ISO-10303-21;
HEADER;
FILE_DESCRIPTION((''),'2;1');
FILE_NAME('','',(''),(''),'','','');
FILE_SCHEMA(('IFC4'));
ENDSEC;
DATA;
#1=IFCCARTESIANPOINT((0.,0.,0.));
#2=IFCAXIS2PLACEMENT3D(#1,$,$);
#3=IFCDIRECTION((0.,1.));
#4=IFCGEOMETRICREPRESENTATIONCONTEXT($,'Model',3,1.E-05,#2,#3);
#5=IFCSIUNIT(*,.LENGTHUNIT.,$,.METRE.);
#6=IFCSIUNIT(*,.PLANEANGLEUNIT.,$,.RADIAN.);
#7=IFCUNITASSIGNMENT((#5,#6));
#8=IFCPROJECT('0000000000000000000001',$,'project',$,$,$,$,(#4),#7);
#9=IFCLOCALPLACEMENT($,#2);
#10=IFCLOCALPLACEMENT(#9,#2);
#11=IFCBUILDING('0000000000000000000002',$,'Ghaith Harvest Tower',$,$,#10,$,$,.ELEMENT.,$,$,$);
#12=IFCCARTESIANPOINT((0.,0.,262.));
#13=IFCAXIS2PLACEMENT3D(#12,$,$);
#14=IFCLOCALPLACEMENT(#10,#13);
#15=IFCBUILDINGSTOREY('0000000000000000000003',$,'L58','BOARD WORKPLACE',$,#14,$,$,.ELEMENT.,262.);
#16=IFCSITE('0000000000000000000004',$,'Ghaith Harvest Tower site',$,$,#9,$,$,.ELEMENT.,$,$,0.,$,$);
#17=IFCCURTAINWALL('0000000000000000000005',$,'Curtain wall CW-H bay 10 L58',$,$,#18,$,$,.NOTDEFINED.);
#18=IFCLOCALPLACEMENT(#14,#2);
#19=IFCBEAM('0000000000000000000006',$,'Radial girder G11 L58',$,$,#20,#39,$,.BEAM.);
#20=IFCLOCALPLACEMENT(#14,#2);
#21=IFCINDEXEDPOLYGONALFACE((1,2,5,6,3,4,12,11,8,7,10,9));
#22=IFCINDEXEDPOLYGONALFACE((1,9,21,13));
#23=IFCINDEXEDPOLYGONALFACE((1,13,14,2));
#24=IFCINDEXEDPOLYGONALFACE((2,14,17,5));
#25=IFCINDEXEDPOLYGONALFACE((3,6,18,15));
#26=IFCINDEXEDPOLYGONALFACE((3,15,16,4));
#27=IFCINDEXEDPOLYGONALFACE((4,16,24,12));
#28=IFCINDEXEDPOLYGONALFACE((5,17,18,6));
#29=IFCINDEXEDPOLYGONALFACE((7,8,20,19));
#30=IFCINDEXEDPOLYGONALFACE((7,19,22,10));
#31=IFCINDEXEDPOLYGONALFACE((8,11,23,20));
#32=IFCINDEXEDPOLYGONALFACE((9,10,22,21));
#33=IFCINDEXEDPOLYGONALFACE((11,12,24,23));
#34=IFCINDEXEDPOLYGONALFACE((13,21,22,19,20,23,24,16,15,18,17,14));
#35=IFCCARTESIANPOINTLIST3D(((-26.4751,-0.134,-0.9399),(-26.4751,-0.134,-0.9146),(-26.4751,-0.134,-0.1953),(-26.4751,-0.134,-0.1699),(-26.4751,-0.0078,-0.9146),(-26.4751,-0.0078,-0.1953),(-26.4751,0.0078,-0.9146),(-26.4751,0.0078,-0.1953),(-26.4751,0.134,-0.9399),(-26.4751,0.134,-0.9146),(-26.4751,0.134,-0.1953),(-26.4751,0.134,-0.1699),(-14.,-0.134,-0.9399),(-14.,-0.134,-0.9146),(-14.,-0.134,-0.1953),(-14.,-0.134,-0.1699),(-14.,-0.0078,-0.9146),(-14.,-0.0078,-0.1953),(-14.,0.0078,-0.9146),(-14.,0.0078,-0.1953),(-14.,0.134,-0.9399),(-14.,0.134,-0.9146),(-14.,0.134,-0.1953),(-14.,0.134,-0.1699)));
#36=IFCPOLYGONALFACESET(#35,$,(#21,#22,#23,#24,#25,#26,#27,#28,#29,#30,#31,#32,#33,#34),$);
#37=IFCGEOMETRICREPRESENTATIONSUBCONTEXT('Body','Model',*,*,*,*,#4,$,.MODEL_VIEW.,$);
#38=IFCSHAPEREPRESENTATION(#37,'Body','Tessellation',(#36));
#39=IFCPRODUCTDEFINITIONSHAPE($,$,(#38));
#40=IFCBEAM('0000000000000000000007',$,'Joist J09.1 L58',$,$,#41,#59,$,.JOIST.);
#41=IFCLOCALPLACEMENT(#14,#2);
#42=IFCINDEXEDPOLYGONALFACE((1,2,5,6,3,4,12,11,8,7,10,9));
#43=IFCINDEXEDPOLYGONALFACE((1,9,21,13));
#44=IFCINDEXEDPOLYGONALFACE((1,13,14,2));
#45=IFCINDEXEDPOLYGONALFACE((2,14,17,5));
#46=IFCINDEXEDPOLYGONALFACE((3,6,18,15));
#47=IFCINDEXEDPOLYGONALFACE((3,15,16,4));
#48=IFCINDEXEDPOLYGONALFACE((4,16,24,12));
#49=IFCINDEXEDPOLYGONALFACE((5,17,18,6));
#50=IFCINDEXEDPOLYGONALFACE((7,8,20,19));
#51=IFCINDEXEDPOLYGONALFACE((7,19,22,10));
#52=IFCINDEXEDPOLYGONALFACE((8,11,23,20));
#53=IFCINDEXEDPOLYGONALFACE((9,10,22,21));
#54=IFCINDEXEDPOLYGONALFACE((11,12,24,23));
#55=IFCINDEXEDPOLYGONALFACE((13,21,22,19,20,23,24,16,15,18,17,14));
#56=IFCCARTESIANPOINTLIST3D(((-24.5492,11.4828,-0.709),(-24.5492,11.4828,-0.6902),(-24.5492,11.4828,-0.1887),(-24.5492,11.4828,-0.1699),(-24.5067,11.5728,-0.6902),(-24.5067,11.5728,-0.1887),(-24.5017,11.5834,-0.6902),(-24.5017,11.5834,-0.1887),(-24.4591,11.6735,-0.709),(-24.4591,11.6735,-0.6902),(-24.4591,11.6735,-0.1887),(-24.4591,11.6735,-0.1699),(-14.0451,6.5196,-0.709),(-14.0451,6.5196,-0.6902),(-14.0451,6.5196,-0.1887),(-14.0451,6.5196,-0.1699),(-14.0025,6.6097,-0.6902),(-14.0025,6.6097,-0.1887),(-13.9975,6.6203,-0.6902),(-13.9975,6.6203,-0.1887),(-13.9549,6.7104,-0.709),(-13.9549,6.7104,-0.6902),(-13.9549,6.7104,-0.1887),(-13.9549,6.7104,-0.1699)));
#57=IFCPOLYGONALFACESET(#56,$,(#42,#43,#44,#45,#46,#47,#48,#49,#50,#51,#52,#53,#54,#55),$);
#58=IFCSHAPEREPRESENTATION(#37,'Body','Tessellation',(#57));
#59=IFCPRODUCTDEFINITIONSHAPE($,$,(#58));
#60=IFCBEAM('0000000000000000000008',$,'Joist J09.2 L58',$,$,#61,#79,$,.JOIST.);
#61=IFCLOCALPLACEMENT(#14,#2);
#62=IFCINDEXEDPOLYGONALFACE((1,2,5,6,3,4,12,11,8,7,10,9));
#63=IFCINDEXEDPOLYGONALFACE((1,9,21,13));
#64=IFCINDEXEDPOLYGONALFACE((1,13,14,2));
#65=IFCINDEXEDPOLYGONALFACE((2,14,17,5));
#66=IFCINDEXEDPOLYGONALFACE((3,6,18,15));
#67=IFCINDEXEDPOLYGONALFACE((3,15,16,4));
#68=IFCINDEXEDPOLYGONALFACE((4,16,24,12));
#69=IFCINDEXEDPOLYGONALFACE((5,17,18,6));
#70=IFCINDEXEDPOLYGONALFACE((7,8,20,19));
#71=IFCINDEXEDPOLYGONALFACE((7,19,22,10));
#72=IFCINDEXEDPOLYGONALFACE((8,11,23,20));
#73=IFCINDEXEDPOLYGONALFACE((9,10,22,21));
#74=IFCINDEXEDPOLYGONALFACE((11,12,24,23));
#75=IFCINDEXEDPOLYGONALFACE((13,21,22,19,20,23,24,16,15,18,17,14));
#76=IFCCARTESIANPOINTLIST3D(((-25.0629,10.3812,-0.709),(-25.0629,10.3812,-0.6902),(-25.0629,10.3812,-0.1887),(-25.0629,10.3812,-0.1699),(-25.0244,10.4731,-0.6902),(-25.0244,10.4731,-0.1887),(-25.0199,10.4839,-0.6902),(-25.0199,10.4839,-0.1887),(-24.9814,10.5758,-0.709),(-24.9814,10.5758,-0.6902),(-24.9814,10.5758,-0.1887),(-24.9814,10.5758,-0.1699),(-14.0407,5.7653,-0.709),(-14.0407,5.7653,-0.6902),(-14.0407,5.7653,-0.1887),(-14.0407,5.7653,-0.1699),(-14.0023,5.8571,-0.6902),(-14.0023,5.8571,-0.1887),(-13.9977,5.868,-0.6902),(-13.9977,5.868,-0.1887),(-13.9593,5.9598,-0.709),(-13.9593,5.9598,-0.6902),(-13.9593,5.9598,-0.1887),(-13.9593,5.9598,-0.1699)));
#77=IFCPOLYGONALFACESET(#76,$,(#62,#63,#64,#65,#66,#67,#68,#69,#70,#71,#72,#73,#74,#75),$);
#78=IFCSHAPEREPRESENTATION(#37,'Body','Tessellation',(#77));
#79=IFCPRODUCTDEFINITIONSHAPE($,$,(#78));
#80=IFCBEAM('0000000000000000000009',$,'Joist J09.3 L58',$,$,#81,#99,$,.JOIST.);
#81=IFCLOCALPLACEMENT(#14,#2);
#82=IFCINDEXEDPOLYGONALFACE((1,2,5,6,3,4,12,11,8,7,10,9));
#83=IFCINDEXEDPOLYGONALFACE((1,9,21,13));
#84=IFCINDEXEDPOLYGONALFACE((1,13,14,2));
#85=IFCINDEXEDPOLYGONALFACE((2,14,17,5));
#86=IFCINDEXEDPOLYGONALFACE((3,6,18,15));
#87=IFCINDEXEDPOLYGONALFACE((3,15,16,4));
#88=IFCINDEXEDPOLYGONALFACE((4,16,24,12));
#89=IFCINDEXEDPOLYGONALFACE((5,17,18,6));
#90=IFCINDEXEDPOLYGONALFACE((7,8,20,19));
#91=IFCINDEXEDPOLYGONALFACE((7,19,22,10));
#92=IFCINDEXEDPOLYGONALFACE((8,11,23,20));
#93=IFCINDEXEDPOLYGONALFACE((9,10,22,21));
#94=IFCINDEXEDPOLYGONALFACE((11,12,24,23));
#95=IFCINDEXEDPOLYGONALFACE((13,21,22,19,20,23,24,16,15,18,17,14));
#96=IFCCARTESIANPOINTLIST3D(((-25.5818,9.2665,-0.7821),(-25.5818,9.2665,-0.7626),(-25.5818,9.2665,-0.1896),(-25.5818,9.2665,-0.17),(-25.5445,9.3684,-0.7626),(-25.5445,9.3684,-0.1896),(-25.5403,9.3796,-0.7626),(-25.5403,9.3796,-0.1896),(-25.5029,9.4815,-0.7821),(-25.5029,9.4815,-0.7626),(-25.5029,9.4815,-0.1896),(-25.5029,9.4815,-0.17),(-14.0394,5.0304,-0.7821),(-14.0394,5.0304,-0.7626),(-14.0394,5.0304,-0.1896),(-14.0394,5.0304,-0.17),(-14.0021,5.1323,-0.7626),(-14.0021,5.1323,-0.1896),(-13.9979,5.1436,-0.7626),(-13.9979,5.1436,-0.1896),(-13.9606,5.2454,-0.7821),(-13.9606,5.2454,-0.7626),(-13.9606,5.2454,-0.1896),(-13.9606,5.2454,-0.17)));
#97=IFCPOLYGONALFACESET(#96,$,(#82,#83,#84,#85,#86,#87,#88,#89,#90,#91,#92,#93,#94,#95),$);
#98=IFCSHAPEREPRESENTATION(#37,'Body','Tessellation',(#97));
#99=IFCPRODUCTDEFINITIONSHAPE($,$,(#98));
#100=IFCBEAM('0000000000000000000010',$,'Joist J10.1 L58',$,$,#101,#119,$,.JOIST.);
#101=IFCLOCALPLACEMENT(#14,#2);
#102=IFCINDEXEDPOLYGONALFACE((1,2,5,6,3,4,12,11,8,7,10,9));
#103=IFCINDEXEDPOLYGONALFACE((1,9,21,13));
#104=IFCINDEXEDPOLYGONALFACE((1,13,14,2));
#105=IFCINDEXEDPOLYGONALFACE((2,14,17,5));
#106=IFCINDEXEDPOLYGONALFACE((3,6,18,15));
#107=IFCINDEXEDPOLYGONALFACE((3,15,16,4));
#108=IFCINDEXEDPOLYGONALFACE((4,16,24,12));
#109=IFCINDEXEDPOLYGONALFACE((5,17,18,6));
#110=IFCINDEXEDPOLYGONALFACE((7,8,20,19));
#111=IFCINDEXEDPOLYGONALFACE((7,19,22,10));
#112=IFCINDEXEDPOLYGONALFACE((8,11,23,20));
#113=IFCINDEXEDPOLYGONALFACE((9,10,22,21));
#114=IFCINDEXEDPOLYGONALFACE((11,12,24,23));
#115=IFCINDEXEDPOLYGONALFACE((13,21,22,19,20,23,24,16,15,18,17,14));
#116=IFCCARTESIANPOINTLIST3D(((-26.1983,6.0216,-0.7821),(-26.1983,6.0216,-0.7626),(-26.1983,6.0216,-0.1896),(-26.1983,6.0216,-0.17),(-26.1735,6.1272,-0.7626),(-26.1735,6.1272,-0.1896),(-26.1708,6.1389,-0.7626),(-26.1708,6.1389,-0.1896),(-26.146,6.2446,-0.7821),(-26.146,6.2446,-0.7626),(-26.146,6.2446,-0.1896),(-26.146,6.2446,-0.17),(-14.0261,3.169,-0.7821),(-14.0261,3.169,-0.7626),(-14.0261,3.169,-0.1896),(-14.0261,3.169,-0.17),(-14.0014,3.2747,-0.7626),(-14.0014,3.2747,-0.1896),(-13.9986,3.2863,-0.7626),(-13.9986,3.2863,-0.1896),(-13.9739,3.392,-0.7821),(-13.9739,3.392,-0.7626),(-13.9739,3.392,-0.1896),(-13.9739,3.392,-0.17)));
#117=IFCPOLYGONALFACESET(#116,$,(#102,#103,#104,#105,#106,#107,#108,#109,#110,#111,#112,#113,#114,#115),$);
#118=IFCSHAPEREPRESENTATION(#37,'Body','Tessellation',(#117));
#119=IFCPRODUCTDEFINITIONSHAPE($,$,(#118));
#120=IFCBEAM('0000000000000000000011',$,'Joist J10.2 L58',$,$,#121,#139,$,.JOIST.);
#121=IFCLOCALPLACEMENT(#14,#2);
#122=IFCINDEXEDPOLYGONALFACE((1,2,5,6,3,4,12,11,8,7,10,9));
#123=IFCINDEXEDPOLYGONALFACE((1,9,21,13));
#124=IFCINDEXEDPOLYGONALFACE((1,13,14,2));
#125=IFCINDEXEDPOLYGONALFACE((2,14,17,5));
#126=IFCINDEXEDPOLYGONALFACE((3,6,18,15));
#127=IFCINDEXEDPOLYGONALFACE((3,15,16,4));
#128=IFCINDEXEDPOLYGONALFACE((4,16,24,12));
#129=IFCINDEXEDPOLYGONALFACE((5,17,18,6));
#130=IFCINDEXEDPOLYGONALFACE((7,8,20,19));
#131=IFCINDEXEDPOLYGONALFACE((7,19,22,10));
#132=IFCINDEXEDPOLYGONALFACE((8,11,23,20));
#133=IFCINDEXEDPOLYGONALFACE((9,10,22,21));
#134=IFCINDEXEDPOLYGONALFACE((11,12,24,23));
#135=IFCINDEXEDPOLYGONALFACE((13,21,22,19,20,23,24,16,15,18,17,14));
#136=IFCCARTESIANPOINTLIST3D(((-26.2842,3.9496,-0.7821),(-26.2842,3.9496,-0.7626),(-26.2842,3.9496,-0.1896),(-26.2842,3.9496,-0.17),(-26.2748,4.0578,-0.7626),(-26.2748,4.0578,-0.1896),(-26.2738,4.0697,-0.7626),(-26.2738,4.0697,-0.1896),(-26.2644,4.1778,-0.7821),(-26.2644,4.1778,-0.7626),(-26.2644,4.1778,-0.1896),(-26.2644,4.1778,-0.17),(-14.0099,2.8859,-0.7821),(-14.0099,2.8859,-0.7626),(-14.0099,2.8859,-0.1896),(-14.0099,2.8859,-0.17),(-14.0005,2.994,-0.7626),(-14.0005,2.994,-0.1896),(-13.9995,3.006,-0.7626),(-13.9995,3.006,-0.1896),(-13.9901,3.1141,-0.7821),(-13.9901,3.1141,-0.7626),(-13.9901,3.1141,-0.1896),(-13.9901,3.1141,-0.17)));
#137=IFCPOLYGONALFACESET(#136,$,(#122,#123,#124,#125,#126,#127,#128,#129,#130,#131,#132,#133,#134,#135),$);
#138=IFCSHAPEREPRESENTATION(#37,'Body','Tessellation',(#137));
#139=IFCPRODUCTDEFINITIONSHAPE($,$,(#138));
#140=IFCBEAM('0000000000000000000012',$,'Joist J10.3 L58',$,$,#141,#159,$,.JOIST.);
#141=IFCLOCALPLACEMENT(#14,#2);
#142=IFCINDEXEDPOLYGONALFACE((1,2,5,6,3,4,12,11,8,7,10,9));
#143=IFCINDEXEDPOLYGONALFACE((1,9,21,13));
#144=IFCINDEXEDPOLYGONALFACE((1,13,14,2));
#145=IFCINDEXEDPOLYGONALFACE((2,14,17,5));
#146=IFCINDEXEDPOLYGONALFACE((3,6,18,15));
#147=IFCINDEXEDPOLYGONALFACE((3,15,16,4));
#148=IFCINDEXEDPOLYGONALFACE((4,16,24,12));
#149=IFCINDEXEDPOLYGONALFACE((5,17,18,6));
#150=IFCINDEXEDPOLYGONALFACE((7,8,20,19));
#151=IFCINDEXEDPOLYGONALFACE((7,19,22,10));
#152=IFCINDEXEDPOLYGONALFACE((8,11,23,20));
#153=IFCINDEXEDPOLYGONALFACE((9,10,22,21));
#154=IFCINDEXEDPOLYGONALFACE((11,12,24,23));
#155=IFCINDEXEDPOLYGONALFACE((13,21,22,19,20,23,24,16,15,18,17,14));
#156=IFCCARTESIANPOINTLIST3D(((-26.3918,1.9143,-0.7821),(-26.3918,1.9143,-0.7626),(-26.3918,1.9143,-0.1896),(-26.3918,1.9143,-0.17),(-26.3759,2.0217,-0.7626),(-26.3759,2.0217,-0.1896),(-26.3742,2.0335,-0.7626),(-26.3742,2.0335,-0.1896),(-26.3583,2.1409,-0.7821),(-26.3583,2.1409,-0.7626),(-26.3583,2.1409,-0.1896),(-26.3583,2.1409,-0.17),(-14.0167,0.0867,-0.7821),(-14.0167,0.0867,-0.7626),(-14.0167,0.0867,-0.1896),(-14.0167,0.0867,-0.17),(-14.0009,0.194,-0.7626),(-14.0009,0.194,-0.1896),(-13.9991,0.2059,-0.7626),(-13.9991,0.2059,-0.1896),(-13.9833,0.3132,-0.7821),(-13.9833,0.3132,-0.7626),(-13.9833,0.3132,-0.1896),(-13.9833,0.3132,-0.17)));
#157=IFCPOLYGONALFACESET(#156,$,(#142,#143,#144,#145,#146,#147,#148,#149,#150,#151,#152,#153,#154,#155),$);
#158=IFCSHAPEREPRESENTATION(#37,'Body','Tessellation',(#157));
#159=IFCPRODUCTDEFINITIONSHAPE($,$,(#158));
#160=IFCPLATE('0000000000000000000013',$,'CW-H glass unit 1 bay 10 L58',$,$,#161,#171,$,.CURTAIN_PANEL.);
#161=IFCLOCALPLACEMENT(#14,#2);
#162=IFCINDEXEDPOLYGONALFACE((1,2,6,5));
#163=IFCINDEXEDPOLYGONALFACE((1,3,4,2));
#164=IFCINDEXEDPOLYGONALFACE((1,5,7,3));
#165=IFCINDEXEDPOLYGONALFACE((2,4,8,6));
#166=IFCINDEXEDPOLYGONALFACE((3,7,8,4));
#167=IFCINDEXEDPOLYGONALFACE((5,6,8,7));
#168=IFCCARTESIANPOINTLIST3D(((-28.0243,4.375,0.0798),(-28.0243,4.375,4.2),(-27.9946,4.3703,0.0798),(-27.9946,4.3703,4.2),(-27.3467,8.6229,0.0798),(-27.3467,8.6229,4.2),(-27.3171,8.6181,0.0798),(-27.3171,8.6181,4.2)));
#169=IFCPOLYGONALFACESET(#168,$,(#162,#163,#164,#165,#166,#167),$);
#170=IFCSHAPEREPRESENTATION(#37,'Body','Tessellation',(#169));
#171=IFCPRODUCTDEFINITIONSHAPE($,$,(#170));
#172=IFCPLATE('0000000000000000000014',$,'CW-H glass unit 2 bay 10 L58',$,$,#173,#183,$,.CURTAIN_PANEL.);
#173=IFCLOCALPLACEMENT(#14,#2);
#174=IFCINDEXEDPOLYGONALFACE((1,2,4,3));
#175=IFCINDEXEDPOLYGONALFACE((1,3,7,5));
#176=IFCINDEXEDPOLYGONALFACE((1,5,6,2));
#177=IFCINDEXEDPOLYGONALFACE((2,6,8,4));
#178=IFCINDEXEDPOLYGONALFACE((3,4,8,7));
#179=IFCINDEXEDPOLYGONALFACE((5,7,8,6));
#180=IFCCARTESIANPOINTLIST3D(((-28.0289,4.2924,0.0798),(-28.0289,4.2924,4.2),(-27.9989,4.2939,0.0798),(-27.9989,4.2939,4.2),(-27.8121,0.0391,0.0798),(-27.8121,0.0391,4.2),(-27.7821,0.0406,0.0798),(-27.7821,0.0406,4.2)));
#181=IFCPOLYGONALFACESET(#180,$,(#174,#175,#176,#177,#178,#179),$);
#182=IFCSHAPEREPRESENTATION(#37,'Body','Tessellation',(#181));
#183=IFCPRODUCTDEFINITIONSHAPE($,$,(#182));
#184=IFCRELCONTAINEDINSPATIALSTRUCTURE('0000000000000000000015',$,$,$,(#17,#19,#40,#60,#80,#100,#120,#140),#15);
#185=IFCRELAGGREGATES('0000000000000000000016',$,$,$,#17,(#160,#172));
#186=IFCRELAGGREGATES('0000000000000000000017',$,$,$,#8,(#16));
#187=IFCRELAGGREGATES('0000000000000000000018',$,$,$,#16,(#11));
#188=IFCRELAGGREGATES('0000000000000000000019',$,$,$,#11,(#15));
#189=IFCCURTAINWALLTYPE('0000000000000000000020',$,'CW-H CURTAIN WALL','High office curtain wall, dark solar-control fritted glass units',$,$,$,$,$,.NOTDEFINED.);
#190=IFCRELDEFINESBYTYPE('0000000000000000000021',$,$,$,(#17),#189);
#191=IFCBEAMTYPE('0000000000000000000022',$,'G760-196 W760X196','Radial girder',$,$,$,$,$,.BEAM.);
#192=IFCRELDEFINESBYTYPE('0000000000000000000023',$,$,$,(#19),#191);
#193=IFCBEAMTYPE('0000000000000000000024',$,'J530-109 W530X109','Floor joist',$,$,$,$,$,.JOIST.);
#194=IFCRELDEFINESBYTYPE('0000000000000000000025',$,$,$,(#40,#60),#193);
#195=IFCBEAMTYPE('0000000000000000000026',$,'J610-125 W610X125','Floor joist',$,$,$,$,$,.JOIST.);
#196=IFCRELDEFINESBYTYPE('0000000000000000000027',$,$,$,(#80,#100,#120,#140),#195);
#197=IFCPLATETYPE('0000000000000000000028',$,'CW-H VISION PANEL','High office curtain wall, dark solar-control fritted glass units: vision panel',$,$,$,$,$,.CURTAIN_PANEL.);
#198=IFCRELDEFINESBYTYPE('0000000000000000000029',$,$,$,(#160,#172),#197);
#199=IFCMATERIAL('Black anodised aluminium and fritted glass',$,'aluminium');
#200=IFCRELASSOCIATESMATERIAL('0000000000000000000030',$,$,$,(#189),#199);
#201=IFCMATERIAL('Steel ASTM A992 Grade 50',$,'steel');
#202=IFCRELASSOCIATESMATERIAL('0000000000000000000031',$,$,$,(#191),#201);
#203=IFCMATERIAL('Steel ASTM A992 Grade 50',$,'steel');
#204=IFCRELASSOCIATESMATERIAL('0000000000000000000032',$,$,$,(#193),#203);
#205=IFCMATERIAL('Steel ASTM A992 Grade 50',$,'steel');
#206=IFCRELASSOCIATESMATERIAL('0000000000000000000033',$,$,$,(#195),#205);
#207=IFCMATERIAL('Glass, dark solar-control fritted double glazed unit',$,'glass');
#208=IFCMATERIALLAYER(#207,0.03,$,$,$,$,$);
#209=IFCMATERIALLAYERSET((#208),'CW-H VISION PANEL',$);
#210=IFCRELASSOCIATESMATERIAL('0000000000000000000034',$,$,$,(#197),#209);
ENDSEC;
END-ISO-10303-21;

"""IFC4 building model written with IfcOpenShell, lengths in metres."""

from ifc_helpers import new_model, si_unit, direction, frame, origin, origin_2d, place, context, subcontext, project, spatial, rectangle, i_section, extrude, material, layer, layer_set, material_profile, profile_set, type_object, element, aggregate, save


model = new_model("IFC4")

# Units and contexts
model_context = context("Model", 3, precision=1e-05, world=origin(), true_north=direction((0.0, 1.0)))
body_context = subcontext(model_context, "Body", "Model", "MODEL_VIEW")
ifc_project = project(units=[si_unit("LENGTHUNIT", "METRE"), si_unit("PLANEANGLEUNIT", "RADIAN")], contexts=[model_context])

# Site, building, storey
site_placement = place(None, origin())
site = spatial("IfcSite", under=ifc_project, at=site_placement, Name="Ghaith Harvest Tower site", CompositionType="ELEMENT", RefElevation=0.0)
building_placement = place(site_placement, origin())
building = spatial("IfcBuilding", under=site, at=building_placement, Name="Ghaith Harvest Tower", CompositionType="ELEMENT")
storey_placement = place(building_placement, frame((0.0, 0.0, 262.0)))
storey = spatial("IfcBuildingStorey", under=building, at=storey_placement, Name="L58", Description="BOARD WORKPLACE", CompositionType="ELEMENT", Elevation=262.0)

# Curtain wall
ifc_material_1 = material(Name="Black anodised aluminium and fritted glass", Category="aluminium")
curtain_wall_type = type_object("IfcCurtainWallType", Name="CW-H CURTAIN WALL", Description="High office curtain wall, dark solar-control fritted glass units", PredefinedType="NOTDEFINED", material=ifc_material_1)
curtain_wall_placement = place(storey_placement, origin())
curtain_wall = element("IfcCurtainWall", 1, at=curtain_wall_placement, inside=storey, type_object=curtain_wall_type, Name="Curtain wall CW-H bay 10 L58", PredefinedType="NOTDEFINED")

# Beams
ifc_material_2 = material(Name="Steel ASTM A992 Grade 50", Category="steel")
ifc_material_profile_1 = material_profile(ifc_material_2, i_section(OverallWidth=0.2681, OverallDepth=0.77, WebThickness=0.0156, FlangeThickness=0.0254, at=origin_2d()), Name="W760X196")
ifc_profile_set_1 = profile_set([ifc_material_profile_1], Name="Steel ASTM A992 Grade 50")
beam_type_1 = type_object("IfcBeamType", Name="G760-196 W760X196", Description="Radial girder", PredefinedType="BEAM", material=ifc_profile_set_1)
beam_1_placement = place(storey_placement, frame((-14.0, 0.0, -0.5549), z_axis=(-1.0, 0.0, 0.0), x_axis=(0.0, -1.0, 0.0)))
element("IfcBeam", 2, at=beam_1_placement, inside=storey, type_object=beam_type_1, Name="Radial girder G11 L58", PredefinedType="BEAM", context=body_context, shape_type="SweptSolid", body=[
    extrude(i_section(OverallWidth=0.2681, OverallDepth=0.77, WebThickness=0.0156, FlangeThickness=0.0254, at=origin_2d()), origin(), (0.0, 0.0, 1.0), 12.4751),
])
ifc_material_3 = material(Name="Steel ASTM A992 Grade 50", Category="steel")
ifc_material_profile_2 = material_profile(ifc_material_3, i_section(OverallWidth=0.2109, OverallDepth=0.5391, WebThickness=0.0117, FlangeThickness=0.0188, at=origin_2d()), Name="W530X109")
ifc_profile_set_2 = profile_set([ifc_material_profile_2], Name="Steel ASTM A992 Grade 50")
beam_type_2 = type_object("IfcBeamType", Name="J530-109 W530X109", Description="Floor joist", PredefinedType="JOIST", material=ifc_profile_set_2)
beam_2_placement = place(storey_placement, frame((-14.0, 6.615, -0.4395), z_axis=(-0.904154, 0.427206, 0.0), x_axis=(-0.427206, -0.904154, 0.0)))
element("IfcBeam", 3, at=beam_2_placement, inside=storey, type_object=beam_type_2, Name="Joist J09.1 L58", PredefinedType="JOIST", context=body_context, shape_type="SweptSolid", body=[
    extrude(i_section(OverallWidth=0.2109, OverallDepth=0.5391, WebThickness=0.0117, FlangeThickness=0.0188, at=origin_2d()), origin(), (0.0, 0.0, 1.0), 11.6177),
])
beam_3_placement = place(storey_placement, frame((-14.0, 5.8625, -0.4395), z_axis=(-0.922381, 0.386282, 0.0), x_axis=(-0.386282, -0.922381, 0.0)))
element("IfcBeam", 4, at=beam_3_placement, inside=storey, type_object=beam_type_2, Name="Joist J09.2 L58", PredefinedType="JOIST", context=body_context, shape_type="SweptSolid", body=[
    extrude(i_section(OverallWidth=0.2109, OverallDepth=0.5391, WebThickness=0.0117, FlangeThickness=0.0188, at=origin_2d()), origin(), (0.0, 0.0, 1.0), 11.9497),
])
ifc_material_4 = material(Name="Steel ASTM A992 Grade 50", Category="steel")
ifc_material_profile_3 = material_profile(ifc_material_4, i_section(OverallWidth=0.229, OverallDepth=0.6121, WebThickness=0.012, FlangeThickness=0.0195, at=origin_2d()), Name="W610X125")
ifc_profile_set_3 = profile_set([ifc_material_profile_3], Name="Steel ASTM A992 Grade 50")
beam_type_3 = type_object("IfcBeamType", Name="J610-125 W610X125", Description="Floor joist", PredefinedType="JOIST", material=ifc_profile_set_3)
beam_4_placement = place(storey_placement, frame((-14.0, 5.1379, -0.4761), z_axis=(-0.938775, 0.34453, 0.0), x_axis=(-0.34453, -0.938775, 0.0)))
element("IfcBeam", 5, at=beam_4_placement, inside=storey, type_object=beam_type_3, Name="Joist J09.3 L58", PredefinedType="JOIST", context=body_context, shape_type="SweptSolid", body=[
    extrude(i_section(OverallWidth=0.229, OverallDepth=0.6121, WebThickness=0.012, FlangeThickness=0.0195, at=origin_2d()), origin(), (0.0, 0.0, 1.0), 12.2952),
])
beam_5_placement = place(storey_placement, frame((-14.0, 3.2805, -0.4761), z_axis=(-0.973622, 0.228168, 0.0), x_axis=(-0.228168, -0.973622, 0.0)))
element("IfcBeam", 6, at=beam_5_placement, inside=storey, type_object=beam_type_3, Name="Joist J10.1 L58", PredefinedType="JOIST", context=body_context, shape_type="SweptSolid", body=[
    extrude(i_section(OverallWidth=0.229, OverallDepth=0.6121, WebThickness=0.012, FlangeThickness=0.0195, at=origin_2d()), origin(), (0.0, 0.0, 1.0), 12.502),
])
beam_6_placement = place(storey_placement, frame((-14.0, 3.0, -0.4761), z_axis=(-0.996266, 0.086338, 0.0), x_axis=(-0.086338, -0.996266, 0.0)))
element("IfcBeam", 7, at=beam_6_placement, inside=storey, type_object=beam_type_3, Name="Joist J10.2 L58", PredefinedType="JOIST", context=body_context, shape_type="SweptSolid", body=[
    extrude(i_section(OverallWidth=0.229, OverallDepth=0.6121, WebThickness=0.012, FlangeThickness=0.0195, at=origin_2d()), origin(), (0.0, 0.0, 1.0), 12.3203),
])
beam_7_placement = place(storey_placement, frame((-14.0, 0.2, -0.4761), z_axis=(-0.989269, 0.146103, 0.0), x_axis=(-0.146103, -0.989269, 0.0)))
element("IfcBeam", 8, at=beam_7_placement, inside=storey, type_object=beam_type_3, Name="Joist J10.3 L58", PredefinedType="JOIST", context=body_context, shape_type="SweptSolid", body=[
    extrude(i_section(OverallWidth=0.229, OverallDepth=0.6121, WebThickness=0.012, FlangeThickness=0.0195, at=origin_2d()), origin(), (0.0, 0.0, 1.0), 12.5093),
])

# Plates
ifc_material_5 = material(Name="Glass, dark solar-control fritted double glazed unit", Category="glass")
ifc_layer_1 = layer(ifc_material_5, 0.03)
ifc_layer_set_1 = layer_set([ifc_layer_1], Name="CW-H VISION PANEL")
plate_type = type_object("IfcPlateType", Name="CW-H VISION PANEL", Description="High office curtain wall, dark solar-control fritted glass units: vision panel", PredefinedType="CURTAIN_PANEL", material=ifc_layer_set_1)
plate_1_placement = place(storey_placement, frame((-27.6707, 6.4966, 0.0798), z_axis=(0.0, 0.0, 1.0), x_axis=(-0.157514, -0.987517, 0.0)))
plate_1 = element("IfcPlate", 9, at=plate_1_placement, type_object=plate_type, Name="CW-H glass unit 1 bay 10 L58", PredefinedType="CURTAIN_PANEL", context=body_context, shape_type="SweptSolid", body=[
    extrude(rectangle(XDim=4.3015, YDim=0.03, at=origin_2d()), origin(), (0.0, 0.0, 1.0), 4.1201),
])
plate_2_placement = place(storey_placement, frame((-27.9055, 2.1665, 0.0798), z_axis=(0.0, 0.0, 1.0), x_axis=(0.050895, -0.998704, 0.0)))
plate_2 = element("IfcPlate", 10, at=plate_2_placement, type_object=plate_type, Name="CW-H glass unit 2 bay 10 L58", PredefinedType="CURTAIN_PANEL", context=body_context, shape_type="SweptSolid", body=[
    extrude(rectangle(XDim=4.2588, YDim=0.03, at=origin_2d()), origin(), (0.0, 0.0, 1.0), 4.1201),
])
aggregate(curtain_wall, [plate_1, plate_2])

save(model, "model.ifc")
